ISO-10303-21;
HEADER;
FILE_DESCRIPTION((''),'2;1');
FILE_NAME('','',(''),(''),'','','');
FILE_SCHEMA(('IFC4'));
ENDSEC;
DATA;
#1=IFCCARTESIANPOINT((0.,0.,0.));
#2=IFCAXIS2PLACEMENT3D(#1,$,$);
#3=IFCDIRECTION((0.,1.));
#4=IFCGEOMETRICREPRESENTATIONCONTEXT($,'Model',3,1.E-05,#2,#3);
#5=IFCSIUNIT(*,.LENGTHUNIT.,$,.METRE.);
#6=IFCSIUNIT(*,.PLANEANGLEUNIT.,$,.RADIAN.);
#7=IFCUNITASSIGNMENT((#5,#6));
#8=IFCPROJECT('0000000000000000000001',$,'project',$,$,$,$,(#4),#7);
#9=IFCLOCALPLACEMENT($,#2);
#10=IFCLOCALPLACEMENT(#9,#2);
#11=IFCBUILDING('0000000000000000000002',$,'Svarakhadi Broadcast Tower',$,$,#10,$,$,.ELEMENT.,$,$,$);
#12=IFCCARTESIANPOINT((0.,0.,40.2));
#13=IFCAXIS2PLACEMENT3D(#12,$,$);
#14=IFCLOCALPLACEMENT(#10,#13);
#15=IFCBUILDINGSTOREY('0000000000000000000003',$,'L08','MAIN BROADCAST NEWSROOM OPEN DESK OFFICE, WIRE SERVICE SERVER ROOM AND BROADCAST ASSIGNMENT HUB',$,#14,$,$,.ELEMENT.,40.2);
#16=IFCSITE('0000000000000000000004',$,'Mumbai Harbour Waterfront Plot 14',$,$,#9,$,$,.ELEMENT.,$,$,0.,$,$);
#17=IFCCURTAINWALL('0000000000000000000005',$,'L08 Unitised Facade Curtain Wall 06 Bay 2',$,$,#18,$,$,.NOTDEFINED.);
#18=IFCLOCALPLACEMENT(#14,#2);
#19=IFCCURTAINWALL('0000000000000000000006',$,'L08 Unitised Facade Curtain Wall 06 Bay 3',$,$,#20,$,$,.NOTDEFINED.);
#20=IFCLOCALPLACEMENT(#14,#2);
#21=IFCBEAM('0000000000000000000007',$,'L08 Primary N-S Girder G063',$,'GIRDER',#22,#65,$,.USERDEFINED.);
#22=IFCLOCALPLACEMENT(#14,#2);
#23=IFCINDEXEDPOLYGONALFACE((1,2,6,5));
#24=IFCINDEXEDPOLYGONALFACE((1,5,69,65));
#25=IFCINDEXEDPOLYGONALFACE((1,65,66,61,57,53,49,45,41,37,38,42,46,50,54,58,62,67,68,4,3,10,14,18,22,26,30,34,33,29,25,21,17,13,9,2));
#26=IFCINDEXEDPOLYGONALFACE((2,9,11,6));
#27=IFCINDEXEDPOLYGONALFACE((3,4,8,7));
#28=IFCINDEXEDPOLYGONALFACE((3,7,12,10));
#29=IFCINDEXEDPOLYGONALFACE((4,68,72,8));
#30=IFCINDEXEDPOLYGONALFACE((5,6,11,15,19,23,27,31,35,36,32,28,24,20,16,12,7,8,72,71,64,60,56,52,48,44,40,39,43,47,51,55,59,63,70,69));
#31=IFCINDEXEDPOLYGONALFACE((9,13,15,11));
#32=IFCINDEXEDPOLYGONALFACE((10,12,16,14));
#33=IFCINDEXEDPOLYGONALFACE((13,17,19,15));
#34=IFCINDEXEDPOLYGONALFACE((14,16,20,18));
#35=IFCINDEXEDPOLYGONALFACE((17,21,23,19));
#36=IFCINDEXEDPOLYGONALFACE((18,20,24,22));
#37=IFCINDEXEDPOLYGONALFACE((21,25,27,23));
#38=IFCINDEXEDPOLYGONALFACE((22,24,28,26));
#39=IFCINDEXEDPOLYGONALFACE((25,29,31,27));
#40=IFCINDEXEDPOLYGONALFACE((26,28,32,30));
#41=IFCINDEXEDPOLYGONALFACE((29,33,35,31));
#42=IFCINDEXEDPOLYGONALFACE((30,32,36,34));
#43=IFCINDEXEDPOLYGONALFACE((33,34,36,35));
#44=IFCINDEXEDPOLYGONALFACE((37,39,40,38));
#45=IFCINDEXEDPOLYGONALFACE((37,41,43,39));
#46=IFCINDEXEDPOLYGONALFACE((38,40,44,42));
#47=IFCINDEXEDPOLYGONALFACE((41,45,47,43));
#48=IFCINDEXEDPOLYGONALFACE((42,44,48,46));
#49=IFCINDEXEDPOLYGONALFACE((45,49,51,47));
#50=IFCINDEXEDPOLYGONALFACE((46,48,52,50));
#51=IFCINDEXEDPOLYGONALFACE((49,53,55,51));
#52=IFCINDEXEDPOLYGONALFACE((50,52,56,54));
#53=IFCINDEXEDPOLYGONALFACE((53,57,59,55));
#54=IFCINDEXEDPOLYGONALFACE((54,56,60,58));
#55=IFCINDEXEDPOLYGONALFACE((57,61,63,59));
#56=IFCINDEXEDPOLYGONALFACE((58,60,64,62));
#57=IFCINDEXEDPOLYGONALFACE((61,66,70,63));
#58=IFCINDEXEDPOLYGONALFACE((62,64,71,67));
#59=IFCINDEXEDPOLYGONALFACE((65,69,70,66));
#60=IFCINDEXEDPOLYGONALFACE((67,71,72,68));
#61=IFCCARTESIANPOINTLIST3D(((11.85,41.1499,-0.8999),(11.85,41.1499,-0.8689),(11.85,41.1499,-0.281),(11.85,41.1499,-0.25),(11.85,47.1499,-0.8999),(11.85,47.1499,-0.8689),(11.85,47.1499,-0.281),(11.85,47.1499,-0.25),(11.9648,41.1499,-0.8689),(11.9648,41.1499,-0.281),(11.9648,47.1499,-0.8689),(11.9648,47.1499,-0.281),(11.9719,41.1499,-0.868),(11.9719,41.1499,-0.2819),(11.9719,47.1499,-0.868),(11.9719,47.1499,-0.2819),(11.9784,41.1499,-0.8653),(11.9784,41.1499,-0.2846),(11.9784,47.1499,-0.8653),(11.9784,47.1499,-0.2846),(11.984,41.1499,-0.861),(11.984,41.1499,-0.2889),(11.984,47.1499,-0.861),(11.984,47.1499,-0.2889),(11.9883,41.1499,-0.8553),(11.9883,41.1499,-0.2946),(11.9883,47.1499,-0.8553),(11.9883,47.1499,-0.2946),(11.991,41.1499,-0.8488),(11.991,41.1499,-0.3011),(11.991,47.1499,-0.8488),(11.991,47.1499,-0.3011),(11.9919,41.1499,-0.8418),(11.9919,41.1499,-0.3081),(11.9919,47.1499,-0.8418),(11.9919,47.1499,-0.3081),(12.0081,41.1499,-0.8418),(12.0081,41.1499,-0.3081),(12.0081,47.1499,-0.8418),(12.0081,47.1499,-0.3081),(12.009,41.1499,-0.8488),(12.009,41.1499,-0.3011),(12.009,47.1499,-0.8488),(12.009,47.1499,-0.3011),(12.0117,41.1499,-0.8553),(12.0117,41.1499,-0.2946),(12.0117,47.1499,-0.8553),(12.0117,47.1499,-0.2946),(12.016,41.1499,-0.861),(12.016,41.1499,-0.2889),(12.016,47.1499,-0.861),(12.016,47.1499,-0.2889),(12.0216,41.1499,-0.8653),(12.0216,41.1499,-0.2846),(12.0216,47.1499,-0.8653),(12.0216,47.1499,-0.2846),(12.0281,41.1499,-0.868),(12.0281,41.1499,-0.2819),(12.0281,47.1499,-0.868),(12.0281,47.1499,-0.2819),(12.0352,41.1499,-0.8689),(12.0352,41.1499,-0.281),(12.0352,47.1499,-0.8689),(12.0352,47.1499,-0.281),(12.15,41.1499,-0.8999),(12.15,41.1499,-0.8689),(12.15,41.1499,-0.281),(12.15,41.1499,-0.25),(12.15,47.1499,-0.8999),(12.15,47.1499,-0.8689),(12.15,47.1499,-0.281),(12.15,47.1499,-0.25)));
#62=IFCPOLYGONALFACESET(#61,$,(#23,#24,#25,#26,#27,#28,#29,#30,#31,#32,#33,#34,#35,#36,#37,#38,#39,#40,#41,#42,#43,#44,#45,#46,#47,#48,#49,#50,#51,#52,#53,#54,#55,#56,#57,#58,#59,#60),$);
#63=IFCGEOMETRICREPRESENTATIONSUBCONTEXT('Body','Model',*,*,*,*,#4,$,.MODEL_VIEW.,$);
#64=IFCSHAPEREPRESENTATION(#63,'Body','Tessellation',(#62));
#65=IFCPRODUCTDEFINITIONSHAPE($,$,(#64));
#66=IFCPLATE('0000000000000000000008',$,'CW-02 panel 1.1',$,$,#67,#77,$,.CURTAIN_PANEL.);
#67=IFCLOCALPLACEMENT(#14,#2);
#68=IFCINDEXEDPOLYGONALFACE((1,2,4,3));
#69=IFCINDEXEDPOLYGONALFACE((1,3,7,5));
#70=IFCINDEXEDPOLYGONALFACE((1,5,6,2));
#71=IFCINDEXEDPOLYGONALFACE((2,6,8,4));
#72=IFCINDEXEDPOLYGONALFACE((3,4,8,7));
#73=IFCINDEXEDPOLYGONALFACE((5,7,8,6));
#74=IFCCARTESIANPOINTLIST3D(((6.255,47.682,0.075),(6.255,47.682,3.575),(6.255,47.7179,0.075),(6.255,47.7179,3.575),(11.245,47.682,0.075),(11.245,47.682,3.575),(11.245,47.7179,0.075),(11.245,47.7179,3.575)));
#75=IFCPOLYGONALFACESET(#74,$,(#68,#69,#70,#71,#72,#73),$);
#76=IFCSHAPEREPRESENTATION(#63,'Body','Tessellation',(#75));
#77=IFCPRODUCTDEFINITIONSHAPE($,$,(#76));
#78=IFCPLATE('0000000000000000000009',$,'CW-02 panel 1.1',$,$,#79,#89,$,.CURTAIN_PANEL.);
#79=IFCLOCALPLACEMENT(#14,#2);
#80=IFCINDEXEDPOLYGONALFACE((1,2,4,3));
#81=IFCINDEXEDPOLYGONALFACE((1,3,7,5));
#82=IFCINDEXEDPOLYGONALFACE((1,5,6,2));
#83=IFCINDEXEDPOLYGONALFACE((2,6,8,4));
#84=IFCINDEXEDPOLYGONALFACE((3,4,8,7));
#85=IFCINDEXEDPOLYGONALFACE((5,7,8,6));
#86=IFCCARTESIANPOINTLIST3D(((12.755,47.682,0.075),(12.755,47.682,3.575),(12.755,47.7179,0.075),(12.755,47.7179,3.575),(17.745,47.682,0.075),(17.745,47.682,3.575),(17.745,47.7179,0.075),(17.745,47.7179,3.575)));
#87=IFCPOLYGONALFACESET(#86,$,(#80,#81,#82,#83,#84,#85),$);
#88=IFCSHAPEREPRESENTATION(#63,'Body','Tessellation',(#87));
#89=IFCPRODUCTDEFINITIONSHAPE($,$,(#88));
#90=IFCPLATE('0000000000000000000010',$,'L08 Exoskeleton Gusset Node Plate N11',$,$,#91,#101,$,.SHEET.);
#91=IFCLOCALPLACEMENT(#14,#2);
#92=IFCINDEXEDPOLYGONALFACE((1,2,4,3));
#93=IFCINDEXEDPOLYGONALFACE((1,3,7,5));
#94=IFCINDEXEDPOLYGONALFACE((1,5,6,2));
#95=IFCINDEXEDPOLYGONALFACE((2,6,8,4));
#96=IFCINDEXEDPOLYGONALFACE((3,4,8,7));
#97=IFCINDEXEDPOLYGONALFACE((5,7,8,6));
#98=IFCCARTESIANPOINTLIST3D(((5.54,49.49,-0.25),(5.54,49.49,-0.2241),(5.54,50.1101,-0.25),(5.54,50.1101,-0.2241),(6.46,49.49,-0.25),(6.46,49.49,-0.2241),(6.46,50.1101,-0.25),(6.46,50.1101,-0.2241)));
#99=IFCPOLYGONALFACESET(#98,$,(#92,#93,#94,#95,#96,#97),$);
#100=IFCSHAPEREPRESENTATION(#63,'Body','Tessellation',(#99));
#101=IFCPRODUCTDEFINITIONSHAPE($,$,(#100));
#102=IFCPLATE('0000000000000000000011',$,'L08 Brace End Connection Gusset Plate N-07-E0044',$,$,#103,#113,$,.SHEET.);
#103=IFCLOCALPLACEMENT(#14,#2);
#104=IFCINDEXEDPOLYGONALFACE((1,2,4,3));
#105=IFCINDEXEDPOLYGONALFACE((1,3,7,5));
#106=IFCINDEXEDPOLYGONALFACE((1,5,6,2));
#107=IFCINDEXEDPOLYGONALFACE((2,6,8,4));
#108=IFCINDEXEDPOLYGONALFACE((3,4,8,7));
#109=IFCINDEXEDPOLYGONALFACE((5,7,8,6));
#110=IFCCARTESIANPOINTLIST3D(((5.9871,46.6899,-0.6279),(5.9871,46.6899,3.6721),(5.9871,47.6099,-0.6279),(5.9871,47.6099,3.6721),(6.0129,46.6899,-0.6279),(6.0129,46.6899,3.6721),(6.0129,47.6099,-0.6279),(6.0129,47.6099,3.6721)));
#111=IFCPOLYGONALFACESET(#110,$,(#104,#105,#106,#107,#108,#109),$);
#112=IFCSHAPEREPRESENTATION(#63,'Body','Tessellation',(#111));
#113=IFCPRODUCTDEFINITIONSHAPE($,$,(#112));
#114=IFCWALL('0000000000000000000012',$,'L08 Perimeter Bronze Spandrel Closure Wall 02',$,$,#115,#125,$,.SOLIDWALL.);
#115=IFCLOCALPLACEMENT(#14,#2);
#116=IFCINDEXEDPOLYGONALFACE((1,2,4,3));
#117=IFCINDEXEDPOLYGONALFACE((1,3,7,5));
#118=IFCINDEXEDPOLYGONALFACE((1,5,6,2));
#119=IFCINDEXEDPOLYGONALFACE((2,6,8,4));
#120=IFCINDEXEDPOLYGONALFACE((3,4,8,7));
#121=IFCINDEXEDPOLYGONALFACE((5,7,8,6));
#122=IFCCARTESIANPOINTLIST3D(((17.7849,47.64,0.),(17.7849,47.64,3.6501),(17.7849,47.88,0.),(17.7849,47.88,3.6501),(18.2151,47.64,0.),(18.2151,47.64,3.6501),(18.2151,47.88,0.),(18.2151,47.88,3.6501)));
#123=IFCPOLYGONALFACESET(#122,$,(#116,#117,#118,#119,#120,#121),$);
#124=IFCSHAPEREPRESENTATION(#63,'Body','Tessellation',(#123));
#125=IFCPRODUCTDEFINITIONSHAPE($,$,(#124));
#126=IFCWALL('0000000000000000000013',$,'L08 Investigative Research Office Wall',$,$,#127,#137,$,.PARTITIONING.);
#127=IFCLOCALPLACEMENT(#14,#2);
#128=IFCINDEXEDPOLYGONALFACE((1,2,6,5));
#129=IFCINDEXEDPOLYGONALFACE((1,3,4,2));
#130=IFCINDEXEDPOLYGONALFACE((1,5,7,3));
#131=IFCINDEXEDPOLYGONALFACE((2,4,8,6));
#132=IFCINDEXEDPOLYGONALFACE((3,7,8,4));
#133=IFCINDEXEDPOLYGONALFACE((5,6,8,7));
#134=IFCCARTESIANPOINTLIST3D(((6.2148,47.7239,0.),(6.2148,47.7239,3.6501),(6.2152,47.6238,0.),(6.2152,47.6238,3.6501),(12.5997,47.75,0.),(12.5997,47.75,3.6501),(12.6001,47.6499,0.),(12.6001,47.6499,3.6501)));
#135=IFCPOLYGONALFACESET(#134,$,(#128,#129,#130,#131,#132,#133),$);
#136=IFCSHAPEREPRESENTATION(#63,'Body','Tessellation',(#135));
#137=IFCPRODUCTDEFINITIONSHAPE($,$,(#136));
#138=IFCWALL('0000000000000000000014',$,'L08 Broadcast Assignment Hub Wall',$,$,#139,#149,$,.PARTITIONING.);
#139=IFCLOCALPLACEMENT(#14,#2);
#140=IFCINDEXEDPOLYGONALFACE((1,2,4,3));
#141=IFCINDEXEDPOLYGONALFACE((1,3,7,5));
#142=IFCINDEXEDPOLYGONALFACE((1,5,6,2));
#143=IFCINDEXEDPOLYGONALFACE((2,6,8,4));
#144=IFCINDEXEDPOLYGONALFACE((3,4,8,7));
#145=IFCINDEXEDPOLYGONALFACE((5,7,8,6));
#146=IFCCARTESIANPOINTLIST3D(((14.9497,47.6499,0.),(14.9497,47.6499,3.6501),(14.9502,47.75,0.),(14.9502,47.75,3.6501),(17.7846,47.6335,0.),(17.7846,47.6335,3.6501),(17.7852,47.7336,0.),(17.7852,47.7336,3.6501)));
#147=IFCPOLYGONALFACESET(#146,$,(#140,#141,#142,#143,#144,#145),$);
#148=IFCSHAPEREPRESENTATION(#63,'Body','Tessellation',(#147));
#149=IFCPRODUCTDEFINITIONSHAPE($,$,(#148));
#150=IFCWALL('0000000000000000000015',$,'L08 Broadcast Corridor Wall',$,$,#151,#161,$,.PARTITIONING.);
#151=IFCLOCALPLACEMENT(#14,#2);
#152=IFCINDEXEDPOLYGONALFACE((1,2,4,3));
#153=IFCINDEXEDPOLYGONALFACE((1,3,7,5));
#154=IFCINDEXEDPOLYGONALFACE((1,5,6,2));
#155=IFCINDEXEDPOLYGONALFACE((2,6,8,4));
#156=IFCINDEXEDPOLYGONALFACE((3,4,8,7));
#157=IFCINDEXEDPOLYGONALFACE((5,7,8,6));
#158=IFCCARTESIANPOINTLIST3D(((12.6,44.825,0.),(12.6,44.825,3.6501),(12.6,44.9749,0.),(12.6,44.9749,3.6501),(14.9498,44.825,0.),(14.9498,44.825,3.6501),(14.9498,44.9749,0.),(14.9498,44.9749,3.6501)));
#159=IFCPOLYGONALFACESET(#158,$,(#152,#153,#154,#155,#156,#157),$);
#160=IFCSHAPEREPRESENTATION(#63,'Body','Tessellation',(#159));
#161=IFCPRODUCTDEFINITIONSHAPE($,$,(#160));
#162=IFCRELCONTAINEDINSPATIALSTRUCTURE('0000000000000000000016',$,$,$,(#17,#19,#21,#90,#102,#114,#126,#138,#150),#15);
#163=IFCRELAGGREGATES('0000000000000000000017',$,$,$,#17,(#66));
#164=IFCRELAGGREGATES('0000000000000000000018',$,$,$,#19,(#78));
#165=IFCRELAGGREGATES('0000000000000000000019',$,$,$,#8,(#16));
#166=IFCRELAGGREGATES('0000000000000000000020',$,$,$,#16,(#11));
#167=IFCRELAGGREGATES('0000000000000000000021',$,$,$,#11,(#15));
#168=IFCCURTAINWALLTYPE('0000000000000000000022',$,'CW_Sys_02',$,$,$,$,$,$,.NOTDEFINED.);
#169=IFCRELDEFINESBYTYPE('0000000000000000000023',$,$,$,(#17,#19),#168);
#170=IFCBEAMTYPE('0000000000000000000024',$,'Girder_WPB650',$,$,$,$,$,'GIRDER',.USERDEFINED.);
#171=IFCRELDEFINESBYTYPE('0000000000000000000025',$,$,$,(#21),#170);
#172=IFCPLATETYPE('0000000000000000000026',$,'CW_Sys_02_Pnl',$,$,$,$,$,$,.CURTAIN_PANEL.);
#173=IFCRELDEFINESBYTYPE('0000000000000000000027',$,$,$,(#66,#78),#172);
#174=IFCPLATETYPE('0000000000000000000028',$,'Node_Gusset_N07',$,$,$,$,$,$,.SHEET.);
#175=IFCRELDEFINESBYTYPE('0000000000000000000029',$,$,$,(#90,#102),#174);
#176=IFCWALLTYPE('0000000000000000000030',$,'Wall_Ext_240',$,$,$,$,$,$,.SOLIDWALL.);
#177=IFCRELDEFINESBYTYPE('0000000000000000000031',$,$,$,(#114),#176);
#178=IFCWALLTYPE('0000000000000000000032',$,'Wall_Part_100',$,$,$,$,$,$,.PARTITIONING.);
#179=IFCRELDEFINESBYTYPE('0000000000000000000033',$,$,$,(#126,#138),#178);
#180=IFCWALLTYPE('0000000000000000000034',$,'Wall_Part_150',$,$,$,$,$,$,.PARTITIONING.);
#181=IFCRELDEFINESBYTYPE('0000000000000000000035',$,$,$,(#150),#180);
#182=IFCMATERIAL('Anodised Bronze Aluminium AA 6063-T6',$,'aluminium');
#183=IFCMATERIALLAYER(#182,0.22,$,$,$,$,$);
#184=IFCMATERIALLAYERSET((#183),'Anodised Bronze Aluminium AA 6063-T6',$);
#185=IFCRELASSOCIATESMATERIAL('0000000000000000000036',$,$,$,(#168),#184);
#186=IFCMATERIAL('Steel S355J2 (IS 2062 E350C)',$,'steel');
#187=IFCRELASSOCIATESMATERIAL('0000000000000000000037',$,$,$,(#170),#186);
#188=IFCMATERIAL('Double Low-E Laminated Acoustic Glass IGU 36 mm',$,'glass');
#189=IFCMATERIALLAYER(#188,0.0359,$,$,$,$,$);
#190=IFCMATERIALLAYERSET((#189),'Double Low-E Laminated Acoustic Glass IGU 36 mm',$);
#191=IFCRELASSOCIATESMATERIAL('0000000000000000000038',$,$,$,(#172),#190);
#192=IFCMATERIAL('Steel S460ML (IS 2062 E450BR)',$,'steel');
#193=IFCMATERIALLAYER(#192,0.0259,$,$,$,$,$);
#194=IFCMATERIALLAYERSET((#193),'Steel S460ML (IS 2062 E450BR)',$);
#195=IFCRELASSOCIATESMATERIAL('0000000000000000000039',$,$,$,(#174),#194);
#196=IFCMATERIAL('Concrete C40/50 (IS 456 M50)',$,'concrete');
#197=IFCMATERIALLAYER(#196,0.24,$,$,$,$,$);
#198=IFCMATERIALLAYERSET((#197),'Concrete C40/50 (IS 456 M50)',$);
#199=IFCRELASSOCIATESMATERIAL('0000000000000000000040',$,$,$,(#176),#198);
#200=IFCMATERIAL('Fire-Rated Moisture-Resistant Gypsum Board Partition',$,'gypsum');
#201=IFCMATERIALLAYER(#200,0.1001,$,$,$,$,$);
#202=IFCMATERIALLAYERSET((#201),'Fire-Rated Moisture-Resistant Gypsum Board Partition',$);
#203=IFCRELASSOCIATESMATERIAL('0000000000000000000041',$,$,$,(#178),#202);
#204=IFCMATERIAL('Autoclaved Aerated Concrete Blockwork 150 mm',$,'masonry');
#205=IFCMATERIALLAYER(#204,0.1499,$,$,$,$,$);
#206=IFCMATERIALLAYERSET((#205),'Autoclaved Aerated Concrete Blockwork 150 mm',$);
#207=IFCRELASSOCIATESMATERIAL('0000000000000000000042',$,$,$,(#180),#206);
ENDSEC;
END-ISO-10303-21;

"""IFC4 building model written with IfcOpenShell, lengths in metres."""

from ifc_helpers import new_model, si_unit, direction, frame, frame_2d, origin, origin_2d, place, context, subcontext, project, spatial, rectangle, i_section, extrude, material, layer, layer_set, material_profile, profile_set, type_object, element, aggregate, save


model = new_model("IFC4")

# Units and contexts
model_context = context("Model", 3, precision=1e-05, world=origin(), true_north=direction((0.0, 1.0)))
body_context = subcontext(model_context, "Body", "Model", "MODEL_VIEW")
ifc_project = project(units=[si_unit("LENGTHUNIT", "METRE"), si_unit("PLANEANGLEUNIT", "RADIAN")], contexts=[model_context])

# Site, building, storey
site_placement = place(None, origin())
site = spatial("IfcSite", under=ifc_project, at=site_placement, Name="Mumbai Harbour Waterfront Plot 14", CompositionType="ELEMENT", RefElevation=0.0)
building_placement = place(site_placement, origin())
building = spatial("IfcBuilding", under=site, at=building_placement, Name="Svarakhadi Broadcast Tower", CompositionType="ELEMENT")
storey_placement = place(building_placement, frame((0.0, 0.0, 40.2)))
storey = spatial("IfcBuildingStorey", under=building, at=storey_placement, Name="L08", Description="MAIN BROADCAST NEWSROOM OPEN DESK OFFICE, WIRE SERVICE SERVER ROOM AND BROADCAST ASSIGNMENT HUB", CompositionType="ELEMENT", Elevation=40.2)

# Shared definitions
ifc_material_1 = material(Name="Steel S460ML (IS 2062 E450BR)", Category="steel")

# Shared definitions
ifc_material_2 = material(Name="Steel S355J2 (IS 2062 E350C)", Category="steel")

# Curtain walls
ifc_material_3 = material(Name="Anodised Bronze Aluminium AA 6063-T6", Category="aluminium")
ifc_layer_1 = layer(ifc_material_3, 0.22)
ifc_layer_set_1 = layer_set([ifc_layer_1], Name="Anodised Bronze Aluminium AA 6063-T6")
curtain_wall_type = type_object("IfcCurtainWallType", Name="CW_Sys_02", PredefinedType="NOTDEFINED", material=ifc_layer_set_1)
curtain_wall_1_placement = place(storey_placement, origin())
curtain_wall_1 = element("IfcCurtainWall", 1, at=curtain_wall_1_placement, inside=storey, type_object=curtain_wall_type, Name="L08 Unitised Facade Curtain Wall 06 Bay 2", PredefinedType="NOTDEFINED")
curtain_wall_2_placement = place(storey_placement, origin())
curtain_wall_2 = element("IfcCurtainWall", 2, at=curtain_wall_2_placement, inside=storey, type_object=curtain_wall_type, Name="L08 Unitised Facade Curtain Wall 06 Bay 3", PredefinedType="NOTDEFINED")

# Beam
ifc_material_profile_1 = material_profile(ifc_material_2, i_section(OverallWidth=0.3, OverallDepth=0.6499, WebThickness=0.0161, FlangeThickness=0.031, FilletRadius=0.0271, at=origin_2d()), Name="WPB 650x300x225")
ifc_profile_set_1 = profile_set([ifc_material_profile_1], Name="Steel S355J2 (IS 2062 E350C)")
beam_type_1 = type_object("IfcBeamType", Name="Girder_WPB650", ElementType="GIRDER", PredefinedType="USERDEFINED", material=ifc_profile_set_1)
for number, where, z_axis, x_axis, name in (
    (3, (12.0, 41.1499, -0.575), (0.0, 1.0, 0.0), (-1.0, 0.0, 0.0), "L08 Primary N-S Girder G063"),
):
    element("IfcBeam", number, at=place(storey_placement, frame(where, z_axis=z_axis, x_axis=x_axis)), inside=storey, type_object=beam_type_1, Name=name, ObjectType="GIRDER", PredefinedType="USERDEFINED", context=body_context, shape_type="SweptSolid", body=[
        extrude(i_section(OverallWidth=0.3, OverallDepth=0.6499, WebThickness=0.0161, FlangeThickness=0.031, FilletRadius=0.0271, at=origin_2d()), origin(), (0.0, 0.0, 1.0), 6.0),
    ])

# Plates
ifc_material_4 = material(Name="Double Low-E Laminated Acoustic Glass IGU 36 mm", Category="glass")
ifc_layer_2 = layer(ifc_material_4, 0.0359)
ifc_layer_set_2 = layer_set([ifc_layer_2], Name="Double Low-E Laminated Acoustic Glass IGU 36 mm")
plate_type_1 = type_object("IfcPlateType", Name="CW_Sys_02_Pnl", PredefinedType="CURTAIN_PANEL", material=ifc_layer_set_2)
plate_1_placement = place(storey_placement, frame((8.75, 47.7, 0.075), z_axis=(0.0, 0.0, 1.0), x_axis=(1.0, 0.0, 0.0)))
plate_1 = element("IfcPlate", 4, at=plate_1_placement, type_object=plate_type_1, Name="CW-02 panel 1.1", PredefinedType="CURTAIN_PANEL", context=body_context, shape_type="SweptSolid", body=[
    extrude(rectangle(XDim=4.99, YDim=0.0359, at=origin_2d()), origin(), (0.0, 0.0, 1.0), 3.5),
])
aggregate(curtain_wall_1, [plate_1])
plate_2_placement = place(storey_placement, frame((15.25, 47.7, 0.075), z_axis=(0.0, 0.0, 1.0), x_axis=(1.0, 0.0, 0.0)))
plate_2 = element("IfcPlate", 5, at=plate_2_placement, type_object=plate_type_1, Name="CW-02 panel 1.1", PredefinedType="CURTAIN_PANEL", context=body_context, shape_type="SweptSolid", body=[
    extrude(rectangle(XDim=4.99, YDim=0.0359, at=origin_2d()), origin(), (0.0, 0.0, 1.0), 3.5),
])
aggregate(curtain_wall_2, [plate_2])

# Plates
ifc_layer_3 = layer(ifc_material_1, 0.0259)
ifc_layer_set_3 = layer_set([ifc_layer_3], Name="Steel S460ML (IS 2062 E450BR)")
plate_type_2 = type_object("IfcPlateType", Name="Node_Gusset_N07", PredefinedType="SHEET", material=ifc_layer_set_3)
plate_3_placement = place(storey_placement, frame((6.0, 49.8, -0.25), z_axis=(0.0, 0.0, 1.0), x_axis=(1.0, 0.0, 0.0)))
element("IfcPlate", 6, at=plate_3_placement, inside=storey, type_object=plate_type_2, Name="L08 Exoskeleton Gusset Node Plate N11", PredefinedType="SHEET", context=body_context, shape_type="SweptSolid", body=[
    extrude(rectangle(XDim=0.9199, YDim=0.6201, at=origin_2d()), origin(), (0.0, 0.0, 1.0), 0.0259),
])
plate_4_placement = place(storey_placement, frame((6.0, 47.1499, -0.6279), z_axis=(0.0, 0.0, 1.0), x_axis=(0.0, 1.0, 0.0)))
element("IfcPlate", 7, at=plate_4_placement, inside=storey, type_object=plate_type_2, Name="L08 Brace End Connection Gusset Plate N-07-E0044", PredefinedType="SHEET", context=body_context, shape_type="SweptSolid", body=[
    extrude(rectangle(XDim=0.9199, YDim=0.0259, at=origin_2d()), origin(), (0.0, 0.0, 1.0), 4.3),
])

# Walls
ifc_material_5 = material(Name="Concrete C40/50 (IS 456 M50)", Category="concrete")
ifc_layer_4 = layer(ifc_material_5, 0.24)
ifc_layer_set_4 = layer_set([ifc_layer_4], Name="Concrete C40/50 (IS 456 M50)")
wall_type_1 = type_object("IfcWallType", Name="Wall_Ext_240", PredefinedType="SOLIDWALL", material=ifc_layer_set_4)
wall_1_placement = place(storey_placement, frame((17.7849, 47.76, 0.0), z_axis=(0.0, 0.0, 1.0), x_axis=(1.0, 0.0, 0.0)))
element("IfcWall", 8, at=wall_1_placement, inside=storey, type_object=wall_type_1, Name="L08 Perimeter Bronze Spandrel Closure Wall 02", PredefinedType="SOLIDWALL", context=body_context, shape_type="SweptSolid", body=[
    extrude(rectangle(XDim=0.4302, YDim=0.24, at=frame_2d((0.2151, 0.0))), origin(), (0.0, 0.0, 1.0), 3.6501),
])
ifc_material_6 = material(Name="Fire-Rated Moisture-Resistant Gypsum Board Partition", Category="gypsum")
ifc_layer_5 = layer(ifc_material_6, 0.1001)
ifc_layer_set_5 = layer_set([ifc_layer_5], Name="Fire-Rated Moisture-Resistant Gypsum Board Partition")
wall_type_2 = type_object("IfcWallType", Name="Wall_Part_100", PredefinedType="PARTITIONING", material=ifc_layer_set_5)
wall_2_placement = place(storey_placement, frame((6.2151, 47.6738, 0.0), z_axis=(0.0, 0.0, 1.0), x_axis=(0.999992, 0.004091, 0.0)))
element("IfcWall", 9, at=wall_2_placement, inside=storey, type_object=wall_type_2, Name="L08 Investigative Research Office Wall", PredefinedType="PARTITIONING", context=body_context, shape_type="SweptSolid", body=[
    extrude(rectangle(XDim=6.385, YDim=0.1001, at=frame_2d((3.1924, 0.0))), origin(), (0.0, 0.0, 1.0), 3.6501),
])
wall_3_placement = place(storey_placement, frame((14.95, 47.7, 0.0), z_axis=(0.0, 0.0, 1.0), x_axis=(0.999983, -0.00577, 0.0)))
element("IfcWall", 10, at=wall_3_placement, inside=storey, type_object=wall_type_2, Name="L08 Broadcast Assignment Hub Wall", PredefinedType="PARTITIONING", context=body_context, shape_type="SweptSolid", body=[
    extrude(rectangle(XDim=2.835, YDim=0.1001, at=frame_2d((1.4175, 0.0))), origin(), (0.0, 0.0, 1.0), 3.6501),
])
ifc_material_7 = material(Name="Autoclaved Aerated Concrete Blockwork 150 mm", Category="masonry")
ifc_layer_6 = layer(ifc_material_7, 0.1499)
ifc_layer_set_6 = layer_set([ifc_layer_6], Name="Autoclaved Aerated Concrete Blockwork 150 mm")
wall_type_3 = type_object("IfcWallType", Name="Wall_Part_150", PredefinedType="PARTITIONING", material=ifc_layer_set_6)
wall_4_placement = place(storey_placement, frame((12.6001, 44.8999, 0.0), z_axis=(0.0, 0.0, 1.0), x_axis=(1.0, 0.0, 0.0)))
element("IfcWall", 11, at=wall_4_placement, inside=storey, type_object=wall_type_3, Name="L08 Broadcast Corridor Wall", PredefinedType="PARTITIONING", context=body_context, shape_type="SweptSolid", body=[
    extrude(rectangle(XDim=2.3499, YDim=0.1499, at=frame_2d((1.1748, 0.0))), origin(), (0.0, 0.0, 1.0), 3.6501),
])

save(model, "model.ifc")
